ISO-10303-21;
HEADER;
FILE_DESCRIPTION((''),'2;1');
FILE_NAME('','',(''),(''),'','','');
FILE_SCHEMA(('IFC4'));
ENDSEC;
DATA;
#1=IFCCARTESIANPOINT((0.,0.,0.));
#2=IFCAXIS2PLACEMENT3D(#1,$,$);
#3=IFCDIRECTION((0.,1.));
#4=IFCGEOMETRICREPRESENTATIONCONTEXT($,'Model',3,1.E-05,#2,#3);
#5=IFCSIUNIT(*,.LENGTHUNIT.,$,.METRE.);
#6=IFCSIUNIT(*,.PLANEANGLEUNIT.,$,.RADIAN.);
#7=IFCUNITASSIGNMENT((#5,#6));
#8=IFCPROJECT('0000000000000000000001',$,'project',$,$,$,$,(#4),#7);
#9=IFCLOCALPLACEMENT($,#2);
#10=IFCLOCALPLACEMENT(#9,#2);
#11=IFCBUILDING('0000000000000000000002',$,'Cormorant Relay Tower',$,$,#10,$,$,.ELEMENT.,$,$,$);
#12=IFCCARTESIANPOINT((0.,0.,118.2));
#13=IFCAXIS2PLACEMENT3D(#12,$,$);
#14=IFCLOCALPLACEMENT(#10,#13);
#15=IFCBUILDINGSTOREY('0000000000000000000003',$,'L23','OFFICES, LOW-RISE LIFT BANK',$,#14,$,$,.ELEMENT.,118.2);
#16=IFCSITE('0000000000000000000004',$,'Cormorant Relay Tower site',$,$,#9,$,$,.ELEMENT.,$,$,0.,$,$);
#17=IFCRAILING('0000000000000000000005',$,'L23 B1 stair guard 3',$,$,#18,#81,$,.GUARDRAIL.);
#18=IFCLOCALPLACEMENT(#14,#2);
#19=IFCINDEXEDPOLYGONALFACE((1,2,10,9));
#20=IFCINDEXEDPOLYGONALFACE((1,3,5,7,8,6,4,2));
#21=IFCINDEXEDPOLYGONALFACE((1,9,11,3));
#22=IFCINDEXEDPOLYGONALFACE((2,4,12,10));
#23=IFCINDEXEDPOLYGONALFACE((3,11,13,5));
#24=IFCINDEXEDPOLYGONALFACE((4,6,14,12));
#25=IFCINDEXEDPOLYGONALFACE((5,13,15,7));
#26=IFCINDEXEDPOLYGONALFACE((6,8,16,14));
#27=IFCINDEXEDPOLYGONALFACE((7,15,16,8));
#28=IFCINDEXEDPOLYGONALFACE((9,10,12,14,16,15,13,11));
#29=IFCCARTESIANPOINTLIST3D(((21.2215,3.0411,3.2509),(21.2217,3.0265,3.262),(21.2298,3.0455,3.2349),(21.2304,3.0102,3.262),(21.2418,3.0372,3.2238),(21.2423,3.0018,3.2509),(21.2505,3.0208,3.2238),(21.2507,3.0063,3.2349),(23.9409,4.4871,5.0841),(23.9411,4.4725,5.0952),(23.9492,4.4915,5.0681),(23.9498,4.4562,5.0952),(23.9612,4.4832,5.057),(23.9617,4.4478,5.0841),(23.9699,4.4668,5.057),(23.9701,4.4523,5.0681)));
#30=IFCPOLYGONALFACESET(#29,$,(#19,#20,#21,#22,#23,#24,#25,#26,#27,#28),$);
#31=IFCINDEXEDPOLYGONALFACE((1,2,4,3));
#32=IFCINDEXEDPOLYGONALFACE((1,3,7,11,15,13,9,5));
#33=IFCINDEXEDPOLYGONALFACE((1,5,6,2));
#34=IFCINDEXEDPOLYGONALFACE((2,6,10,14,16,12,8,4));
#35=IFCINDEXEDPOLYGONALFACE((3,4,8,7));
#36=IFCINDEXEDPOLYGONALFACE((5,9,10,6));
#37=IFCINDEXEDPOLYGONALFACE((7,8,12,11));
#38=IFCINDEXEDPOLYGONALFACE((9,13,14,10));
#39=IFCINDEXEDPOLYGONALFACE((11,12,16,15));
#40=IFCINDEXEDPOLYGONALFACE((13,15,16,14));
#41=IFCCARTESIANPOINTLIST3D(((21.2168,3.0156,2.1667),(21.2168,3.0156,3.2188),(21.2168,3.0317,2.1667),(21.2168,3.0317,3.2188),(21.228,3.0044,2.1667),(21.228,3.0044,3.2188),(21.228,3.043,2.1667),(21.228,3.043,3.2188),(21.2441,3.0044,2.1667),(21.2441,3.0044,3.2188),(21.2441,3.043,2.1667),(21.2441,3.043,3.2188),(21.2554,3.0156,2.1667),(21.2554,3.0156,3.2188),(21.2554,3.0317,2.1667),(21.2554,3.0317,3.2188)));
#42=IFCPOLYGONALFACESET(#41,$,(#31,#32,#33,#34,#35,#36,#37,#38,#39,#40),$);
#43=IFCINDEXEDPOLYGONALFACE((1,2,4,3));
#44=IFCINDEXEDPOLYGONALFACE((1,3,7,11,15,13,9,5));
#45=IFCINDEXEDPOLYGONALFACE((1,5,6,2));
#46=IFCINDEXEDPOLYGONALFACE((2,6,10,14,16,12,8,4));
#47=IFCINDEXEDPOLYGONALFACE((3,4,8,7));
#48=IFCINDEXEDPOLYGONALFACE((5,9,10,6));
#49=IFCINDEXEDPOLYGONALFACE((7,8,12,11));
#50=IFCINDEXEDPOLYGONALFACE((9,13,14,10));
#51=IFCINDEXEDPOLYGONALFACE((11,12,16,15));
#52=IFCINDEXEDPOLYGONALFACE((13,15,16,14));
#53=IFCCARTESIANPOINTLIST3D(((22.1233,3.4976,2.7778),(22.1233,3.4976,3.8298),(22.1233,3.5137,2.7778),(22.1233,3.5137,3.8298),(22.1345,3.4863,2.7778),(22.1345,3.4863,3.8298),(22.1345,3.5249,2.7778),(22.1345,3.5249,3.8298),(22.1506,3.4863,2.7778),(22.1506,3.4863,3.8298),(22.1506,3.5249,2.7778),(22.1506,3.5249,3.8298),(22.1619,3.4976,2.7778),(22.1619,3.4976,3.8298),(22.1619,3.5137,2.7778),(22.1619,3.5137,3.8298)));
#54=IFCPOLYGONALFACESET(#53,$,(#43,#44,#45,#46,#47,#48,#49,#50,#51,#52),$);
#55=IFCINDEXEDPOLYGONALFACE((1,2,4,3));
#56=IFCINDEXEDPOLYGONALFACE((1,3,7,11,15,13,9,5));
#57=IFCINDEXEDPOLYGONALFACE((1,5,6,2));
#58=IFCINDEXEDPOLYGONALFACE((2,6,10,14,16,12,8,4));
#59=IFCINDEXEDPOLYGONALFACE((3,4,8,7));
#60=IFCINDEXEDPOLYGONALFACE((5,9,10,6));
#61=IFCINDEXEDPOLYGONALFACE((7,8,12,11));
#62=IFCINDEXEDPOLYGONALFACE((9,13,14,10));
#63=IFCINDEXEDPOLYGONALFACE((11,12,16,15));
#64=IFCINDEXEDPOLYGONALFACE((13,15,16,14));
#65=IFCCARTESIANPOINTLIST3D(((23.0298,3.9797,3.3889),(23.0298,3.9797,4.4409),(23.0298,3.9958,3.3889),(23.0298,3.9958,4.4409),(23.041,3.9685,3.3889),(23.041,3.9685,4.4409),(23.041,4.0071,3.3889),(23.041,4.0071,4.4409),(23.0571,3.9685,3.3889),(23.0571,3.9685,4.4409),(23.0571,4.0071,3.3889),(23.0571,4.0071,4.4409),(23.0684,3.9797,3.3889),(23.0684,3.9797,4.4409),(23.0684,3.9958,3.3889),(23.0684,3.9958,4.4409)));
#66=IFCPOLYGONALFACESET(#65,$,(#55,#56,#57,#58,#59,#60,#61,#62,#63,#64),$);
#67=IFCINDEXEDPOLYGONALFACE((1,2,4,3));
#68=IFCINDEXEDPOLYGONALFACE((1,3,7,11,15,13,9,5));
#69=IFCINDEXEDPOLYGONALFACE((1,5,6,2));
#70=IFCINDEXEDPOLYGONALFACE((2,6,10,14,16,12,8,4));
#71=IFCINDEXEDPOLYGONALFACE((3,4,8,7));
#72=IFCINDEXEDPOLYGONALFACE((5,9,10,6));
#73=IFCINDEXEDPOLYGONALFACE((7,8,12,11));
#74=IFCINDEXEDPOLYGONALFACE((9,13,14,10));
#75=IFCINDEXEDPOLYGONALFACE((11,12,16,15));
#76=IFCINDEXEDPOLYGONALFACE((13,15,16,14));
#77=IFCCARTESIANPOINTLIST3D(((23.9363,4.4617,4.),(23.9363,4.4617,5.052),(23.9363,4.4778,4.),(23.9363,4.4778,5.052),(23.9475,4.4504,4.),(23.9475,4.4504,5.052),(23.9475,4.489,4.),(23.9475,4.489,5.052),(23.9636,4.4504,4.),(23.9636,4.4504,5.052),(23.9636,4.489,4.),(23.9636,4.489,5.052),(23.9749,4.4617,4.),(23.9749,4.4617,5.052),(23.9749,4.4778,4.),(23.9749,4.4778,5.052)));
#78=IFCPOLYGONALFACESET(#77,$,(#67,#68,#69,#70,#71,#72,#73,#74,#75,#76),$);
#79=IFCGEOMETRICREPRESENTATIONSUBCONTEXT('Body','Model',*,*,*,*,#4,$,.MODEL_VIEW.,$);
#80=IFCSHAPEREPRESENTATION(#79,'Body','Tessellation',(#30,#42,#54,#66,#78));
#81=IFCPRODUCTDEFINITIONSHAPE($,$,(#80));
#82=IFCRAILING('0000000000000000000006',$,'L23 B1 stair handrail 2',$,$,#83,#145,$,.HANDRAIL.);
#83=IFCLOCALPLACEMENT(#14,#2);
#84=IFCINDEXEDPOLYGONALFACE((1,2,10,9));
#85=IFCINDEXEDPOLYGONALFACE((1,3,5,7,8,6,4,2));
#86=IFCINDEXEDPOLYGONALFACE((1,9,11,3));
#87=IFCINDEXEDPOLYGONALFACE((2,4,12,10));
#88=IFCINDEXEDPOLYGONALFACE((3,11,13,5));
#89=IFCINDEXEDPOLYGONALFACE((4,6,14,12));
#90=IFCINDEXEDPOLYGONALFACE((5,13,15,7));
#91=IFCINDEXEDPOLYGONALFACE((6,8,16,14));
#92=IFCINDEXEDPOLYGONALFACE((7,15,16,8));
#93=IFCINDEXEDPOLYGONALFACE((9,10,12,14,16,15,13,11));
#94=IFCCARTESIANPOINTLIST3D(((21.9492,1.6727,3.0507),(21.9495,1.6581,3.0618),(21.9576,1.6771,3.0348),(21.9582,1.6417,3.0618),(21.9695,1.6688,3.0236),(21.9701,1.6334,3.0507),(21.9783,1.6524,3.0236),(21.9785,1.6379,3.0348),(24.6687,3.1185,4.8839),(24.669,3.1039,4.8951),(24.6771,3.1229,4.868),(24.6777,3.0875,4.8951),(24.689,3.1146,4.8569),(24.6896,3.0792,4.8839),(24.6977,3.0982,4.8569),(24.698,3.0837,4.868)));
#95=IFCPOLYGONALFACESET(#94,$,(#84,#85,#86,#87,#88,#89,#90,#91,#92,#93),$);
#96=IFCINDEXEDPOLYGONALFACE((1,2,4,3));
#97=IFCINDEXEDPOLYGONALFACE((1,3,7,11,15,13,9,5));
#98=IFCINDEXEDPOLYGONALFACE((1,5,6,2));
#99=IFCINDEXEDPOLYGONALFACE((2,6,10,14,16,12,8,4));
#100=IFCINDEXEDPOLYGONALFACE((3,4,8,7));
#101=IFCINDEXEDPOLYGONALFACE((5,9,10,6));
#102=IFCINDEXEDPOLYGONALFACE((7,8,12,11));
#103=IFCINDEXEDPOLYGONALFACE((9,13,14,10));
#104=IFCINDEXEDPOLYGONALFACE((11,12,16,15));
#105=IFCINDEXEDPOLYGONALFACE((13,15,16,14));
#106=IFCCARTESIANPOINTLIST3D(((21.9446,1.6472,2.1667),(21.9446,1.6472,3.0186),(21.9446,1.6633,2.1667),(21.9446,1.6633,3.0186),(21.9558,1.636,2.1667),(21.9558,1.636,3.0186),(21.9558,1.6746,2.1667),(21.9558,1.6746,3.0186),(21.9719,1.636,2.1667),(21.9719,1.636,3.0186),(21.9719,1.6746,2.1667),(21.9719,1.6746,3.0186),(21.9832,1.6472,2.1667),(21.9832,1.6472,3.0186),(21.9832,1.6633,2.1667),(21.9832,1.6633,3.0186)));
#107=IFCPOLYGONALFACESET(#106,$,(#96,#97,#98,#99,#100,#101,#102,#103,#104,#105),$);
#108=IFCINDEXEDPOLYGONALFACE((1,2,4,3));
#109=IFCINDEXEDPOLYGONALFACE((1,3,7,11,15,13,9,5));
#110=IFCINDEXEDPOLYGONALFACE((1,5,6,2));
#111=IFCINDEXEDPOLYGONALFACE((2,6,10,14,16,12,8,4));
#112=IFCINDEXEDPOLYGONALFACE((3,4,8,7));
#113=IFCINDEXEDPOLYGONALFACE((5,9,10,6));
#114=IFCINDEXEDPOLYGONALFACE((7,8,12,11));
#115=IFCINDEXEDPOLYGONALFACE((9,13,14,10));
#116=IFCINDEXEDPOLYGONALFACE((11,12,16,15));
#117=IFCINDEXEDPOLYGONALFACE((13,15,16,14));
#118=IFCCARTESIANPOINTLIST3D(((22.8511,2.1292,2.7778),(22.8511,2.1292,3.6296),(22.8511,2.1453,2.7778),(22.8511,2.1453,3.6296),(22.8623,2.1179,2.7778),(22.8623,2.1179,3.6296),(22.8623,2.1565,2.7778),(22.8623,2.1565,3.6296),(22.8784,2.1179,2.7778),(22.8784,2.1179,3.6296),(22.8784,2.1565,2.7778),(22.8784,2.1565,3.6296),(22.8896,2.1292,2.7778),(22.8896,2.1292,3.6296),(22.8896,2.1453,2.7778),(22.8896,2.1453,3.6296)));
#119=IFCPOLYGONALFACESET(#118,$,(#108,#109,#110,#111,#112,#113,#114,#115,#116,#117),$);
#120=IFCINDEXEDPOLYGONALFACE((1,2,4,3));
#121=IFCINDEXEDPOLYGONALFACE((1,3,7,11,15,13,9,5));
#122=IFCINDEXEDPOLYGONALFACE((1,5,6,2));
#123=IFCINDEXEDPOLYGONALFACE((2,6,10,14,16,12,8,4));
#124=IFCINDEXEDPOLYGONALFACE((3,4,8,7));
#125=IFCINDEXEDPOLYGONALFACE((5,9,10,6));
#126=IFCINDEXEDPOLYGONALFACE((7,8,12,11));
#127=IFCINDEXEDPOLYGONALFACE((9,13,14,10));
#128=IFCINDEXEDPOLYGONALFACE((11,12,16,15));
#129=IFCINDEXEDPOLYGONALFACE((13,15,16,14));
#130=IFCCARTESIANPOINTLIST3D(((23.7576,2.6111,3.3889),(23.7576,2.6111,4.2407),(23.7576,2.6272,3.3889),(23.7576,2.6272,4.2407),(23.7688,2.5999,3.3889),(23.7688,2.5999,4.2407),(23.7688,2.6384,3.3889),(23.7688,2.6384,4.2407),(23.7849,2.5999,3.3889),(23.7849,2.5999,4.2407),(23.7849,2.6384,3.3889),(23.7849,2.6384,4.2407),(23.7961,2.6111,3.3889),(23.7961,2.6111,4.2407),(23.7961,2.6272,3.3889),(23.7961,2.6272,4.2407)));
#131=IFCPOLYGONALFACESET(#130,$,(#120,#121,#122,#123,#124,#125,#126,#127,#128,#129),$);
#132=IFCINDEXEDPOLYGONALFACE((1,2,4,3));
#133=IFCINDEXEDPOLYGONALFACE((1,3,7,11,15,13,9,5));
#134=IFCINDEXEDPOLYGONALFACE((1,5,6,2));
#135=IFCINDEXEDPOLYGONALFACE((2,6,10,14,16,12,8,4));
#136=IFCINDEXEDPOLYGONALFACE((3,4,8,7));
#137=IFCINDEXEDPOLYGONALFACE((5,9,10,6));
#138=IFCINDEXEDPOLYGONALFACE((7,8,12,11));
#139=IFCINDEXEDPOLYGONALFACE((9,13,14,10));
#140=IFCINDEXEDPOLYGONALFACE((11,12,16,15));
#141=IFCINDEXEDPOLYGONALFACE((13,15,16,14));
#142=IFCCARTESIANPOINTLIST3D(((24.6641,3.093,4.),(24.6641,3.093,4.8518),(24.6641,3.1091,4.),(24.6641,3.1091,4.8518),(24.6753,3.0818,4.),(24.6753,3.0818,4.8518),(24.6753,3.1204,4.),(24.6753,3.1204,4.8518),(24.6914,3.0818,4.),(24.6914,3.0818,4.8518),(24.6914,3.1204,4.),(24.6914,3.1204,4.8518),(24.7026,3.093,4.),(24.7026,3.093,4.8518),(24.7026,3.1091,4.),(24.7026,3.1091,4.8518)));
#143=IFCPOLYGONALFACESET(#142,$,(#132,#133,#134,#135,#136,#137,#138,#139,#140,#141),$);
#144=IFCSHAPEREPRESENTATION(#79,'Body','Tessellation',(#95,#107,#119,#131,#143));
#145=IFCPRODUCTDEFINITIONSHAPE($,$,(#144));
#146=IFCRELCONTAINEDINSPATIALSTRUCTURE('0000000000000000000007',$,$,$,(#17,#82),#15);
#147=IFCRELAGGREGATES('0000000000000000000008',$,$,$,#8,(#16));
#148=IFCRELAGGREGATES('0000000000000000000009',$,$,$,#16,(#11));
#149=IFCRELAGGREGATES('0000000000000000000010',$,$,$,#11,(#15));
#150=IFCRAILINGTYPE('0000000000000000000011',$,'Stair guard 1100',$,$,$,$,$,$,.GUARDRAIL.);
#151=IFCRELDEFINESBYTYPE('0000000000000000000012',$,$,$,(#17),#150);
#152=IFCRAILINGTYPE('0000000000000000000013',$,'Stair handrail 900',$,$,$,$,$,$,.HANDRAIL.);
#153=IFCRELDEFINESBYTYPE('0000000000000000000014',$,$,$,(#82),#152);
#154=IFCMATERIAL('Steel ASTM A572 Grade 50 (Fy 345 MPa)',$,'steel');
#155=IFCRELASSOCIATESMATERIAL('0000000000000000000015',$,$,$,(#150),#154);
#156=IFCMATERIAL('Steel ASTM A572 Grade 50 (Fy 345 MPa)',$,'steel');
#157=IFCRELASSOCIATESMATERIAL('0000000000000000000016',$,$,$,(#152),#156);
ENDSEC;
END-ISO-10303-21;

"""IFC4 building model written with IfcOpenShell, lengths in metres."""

from ifc_helpers import new_model, si_unit, direction, frame, origin, place, context, subcontext, project, spatial, polyline, outline, extrude, material, type_object, element, save


model = new_model("IFC4")

# Units and contexts
model_context = context("Model", 3, precision=1e-05, world=origin(), true_north=direction((0.0, 1.0)))
body_context = subcontext(model_context, "Body", "Model", "MODEL_VIEW")
ifc_project = project(units=[si_unit("LENGTHUNIT", "METRE"), si_unit("PLANEANGLEUNIT", "RADIAN")], contexts=[model_context])

# Site, building, storey
site_placement = place(None, origin())
site = spatial("IfcSite", under=ifc_project, at=site_placement, Name="Cormorant Relay Tower site", CompositionType="ELEMENT", RefElevation=0.0)
building_placement = place(site_placement, origin())
building = spatial("IfcBuilding", under=site, at=building_placement, Name="Cormorant Relay Tower", CompositionType="ELEMENT")
storey_placement = place(building_placement, frame((0.0, 0.0, 118.2)))
storey = spatial("IfcBuildingStorey", under=building, at=storey_placement, Name="L23", Description="OFFICES, LOW-RISE LIFT BANK", CompositionType="ELEMENT", Elevation=118.2)

# Railings
ifc_material_1 = material(Name="Steel ASTM A572 Grade 50 (Fy 345 MPa)", Category="steel")
railing_type_1 = type_object("IfcRailingType", Name="Stair guard 1100", PredefinedType="GUARDRAIL", material=ifc_material_1)
railing_1_placement = place(storey_placement, frame((21.2361, 3.0237, 2.1667)))
element("IfcRailing", 1, at=railing_1_placement, inside=storey, type_object=railing_type_1, Name="L23 B1 stair guard 3", PredefinedType="GUARDRAIL", context=body_context, shape_type="SweptSolid", body=[
    extrude(outline(polyline([(0.0222, 0.0093), (0.0093, 0.0222), (-0.0093, 0.0222), (-0.0222, 0.0093), (-0.0222, -0.0093), (-0.0093, -0.0222), (0.0093, -0.0222), (0.0222, -0.0093), (0.0222, 0.0093)])), frame((0.0, 0.0, 1.0762), z_axis=(0.758714, 0.403435, 0.511463), x_axis=(-0.469489, 0.882938, 0.0)), (0.0, 0.0, 1.0), 3.5842),
    extrude(outline(polyline([(0.0193, 0.0081), (0.0081, 0.0193), (-0.0081, 0.0193), (-0.0193, 0.0081), (-0.0193, -0.0081), (-0.0081, -0.0193), (0.0081, -0.0193), (0.0193, -0.0081), (0.0193, 0.0081)])), origin(), (0.0, 0.0, 1.0), 1.052),
    extrude(outline(polyline([(0.0193, 0.0081), (0.0081, 0.0193), (-0.0081, 0.0193), (-0.0193, 0.0081), (-0.0193, -0.0081), (-0.0081, -0.0193), (0.0081, -0.0193), (0.0193, -0.0081), (0.0193, 0.0081)])), frame((0.9065, 0.4819, 0.6111)), (0.0, 0.0, 1.0), 1.052),
    extrude(outline(polyline([(0.0193, 0.0081), (0.0081, 0.0193), (-0.0081, 0.0193), (-0.0193, 0.0081), (-0.0193, -0.0081), (-0.0081, -0.0193), (0.0081, -0.0193), (0.0193, -0.0081), (0.0193, 0.0081)])), frame((1.813, 0.9641, 1.2222)), (0.0, 0.0, 1.0), 1.052),
    extrude(outline(polyline([(0.0193, 0.0081), (0.0081, 0.0193), (-0.0081, 0.0193), (-0.0193, 0.0081), (-0.0193, -0.0081), (-0.0081, -0.0193), (0.0081, -0.0193), (0.0193, -0.0081), (0.0193, 0.0081)])), frame((2.7195, 1.446, 1.8333)), (0.0, 0.0, 1.0), 1.052),
])
ifc_material_2 = material(Name="Steel ASTM A572 Grade 50 (Fy 345 MPa)", Category="steel")
railing_type_2 = type_object("IfcRailingType", Name="Stair handrail 900", PredefinedType="HANDRAIL", material=ifc_material_2)
railing_2_placement = place(storey_placement, frame((21.9639, 1.6553, 2.1667)))
element("IfcRailing", 2, at=railing_2_placement, inside=storey, type_object=railing_type_2, Name="L23 B1 stair handrail 2", PredefinedType="HANDRAIL", context=body_context, shape_type="SweptSolid", body=[
    extrude(outline(polyline([(0.0222, 0.0093), (0.0093, 0.0222), (-0.0093, 0.0222), (-0.0222, 0.0093), (-0.0222, -0.0093), (-0.0093, -0.0222), (0.0093, -0.0222), (0.0222, -0.0093), (0.0222, 0.0093)])), frame((0.0, 0.0, 0.876), z_axis=(0.758735, 0.403378, 0.511477), x_axis=(-0.469428, 0.882971, 0.0)), (0.0, 0.0, 1.0), 3.5842),
    extrude(outline(polyline([(0.0193, 0.0081), (0.0081, 0.0193), (-0.0081, 0.0193), (-0.0193, 0.0081), (-0.0193, -0.0081), (-0.0081, -0.0193), (0.0081, -0.0193), (0.0193, -0.0081), (0.0193, 0.0081)])), origin(), (0.0, 0.0, 1.0), 0.8518),
    extrude(outline(polyline([(0.0193, 0.0081), (0.0081, 0.0193), (-0.0081, 0.0193), (-0.0193, 0.0081), (-0.0193, -0.0081), (-0.0081, -0.0193), (0.0081, -0.0193), (0.0193, -0.0081), (0.0193, 0.0081)])), frame((0.9065, 0.4819, 0.6111)), (0.0, 0.0, 1.0), 0.8518),
    extrude(outline(polyline([(0.0193, 0.0081), (0.0081, 0.0193), (-0.0081, 0.0193), (-0.0193, 0.0081), (-0.0193, -0.0081), (-0.0081, -0.0193), (0.0081, -0.0193), (0.0193, -0.0081), (0.0193, 0.0081)])), frame((1.813, 0.9639, 1.2222)), (0.0, 0.0, 1.0), 0.8518),
    extrude(outline(polyline([(0.0193, 0.0081), (0.0081, 0.0193), (-0.0081, 0.0193), (-0.0193, 0.0081), (-0.0193, -0.0081), (-0.0081, -0.0193), (0.0081, -0.0193), (0.0193, -0.0081), (0.0193, 0.0081)])), frame((2.7195, 1.4458, 1.8333)), (0.0, 0.0, 1.0), 0.8518),
])

save(model, "model.ifc")
